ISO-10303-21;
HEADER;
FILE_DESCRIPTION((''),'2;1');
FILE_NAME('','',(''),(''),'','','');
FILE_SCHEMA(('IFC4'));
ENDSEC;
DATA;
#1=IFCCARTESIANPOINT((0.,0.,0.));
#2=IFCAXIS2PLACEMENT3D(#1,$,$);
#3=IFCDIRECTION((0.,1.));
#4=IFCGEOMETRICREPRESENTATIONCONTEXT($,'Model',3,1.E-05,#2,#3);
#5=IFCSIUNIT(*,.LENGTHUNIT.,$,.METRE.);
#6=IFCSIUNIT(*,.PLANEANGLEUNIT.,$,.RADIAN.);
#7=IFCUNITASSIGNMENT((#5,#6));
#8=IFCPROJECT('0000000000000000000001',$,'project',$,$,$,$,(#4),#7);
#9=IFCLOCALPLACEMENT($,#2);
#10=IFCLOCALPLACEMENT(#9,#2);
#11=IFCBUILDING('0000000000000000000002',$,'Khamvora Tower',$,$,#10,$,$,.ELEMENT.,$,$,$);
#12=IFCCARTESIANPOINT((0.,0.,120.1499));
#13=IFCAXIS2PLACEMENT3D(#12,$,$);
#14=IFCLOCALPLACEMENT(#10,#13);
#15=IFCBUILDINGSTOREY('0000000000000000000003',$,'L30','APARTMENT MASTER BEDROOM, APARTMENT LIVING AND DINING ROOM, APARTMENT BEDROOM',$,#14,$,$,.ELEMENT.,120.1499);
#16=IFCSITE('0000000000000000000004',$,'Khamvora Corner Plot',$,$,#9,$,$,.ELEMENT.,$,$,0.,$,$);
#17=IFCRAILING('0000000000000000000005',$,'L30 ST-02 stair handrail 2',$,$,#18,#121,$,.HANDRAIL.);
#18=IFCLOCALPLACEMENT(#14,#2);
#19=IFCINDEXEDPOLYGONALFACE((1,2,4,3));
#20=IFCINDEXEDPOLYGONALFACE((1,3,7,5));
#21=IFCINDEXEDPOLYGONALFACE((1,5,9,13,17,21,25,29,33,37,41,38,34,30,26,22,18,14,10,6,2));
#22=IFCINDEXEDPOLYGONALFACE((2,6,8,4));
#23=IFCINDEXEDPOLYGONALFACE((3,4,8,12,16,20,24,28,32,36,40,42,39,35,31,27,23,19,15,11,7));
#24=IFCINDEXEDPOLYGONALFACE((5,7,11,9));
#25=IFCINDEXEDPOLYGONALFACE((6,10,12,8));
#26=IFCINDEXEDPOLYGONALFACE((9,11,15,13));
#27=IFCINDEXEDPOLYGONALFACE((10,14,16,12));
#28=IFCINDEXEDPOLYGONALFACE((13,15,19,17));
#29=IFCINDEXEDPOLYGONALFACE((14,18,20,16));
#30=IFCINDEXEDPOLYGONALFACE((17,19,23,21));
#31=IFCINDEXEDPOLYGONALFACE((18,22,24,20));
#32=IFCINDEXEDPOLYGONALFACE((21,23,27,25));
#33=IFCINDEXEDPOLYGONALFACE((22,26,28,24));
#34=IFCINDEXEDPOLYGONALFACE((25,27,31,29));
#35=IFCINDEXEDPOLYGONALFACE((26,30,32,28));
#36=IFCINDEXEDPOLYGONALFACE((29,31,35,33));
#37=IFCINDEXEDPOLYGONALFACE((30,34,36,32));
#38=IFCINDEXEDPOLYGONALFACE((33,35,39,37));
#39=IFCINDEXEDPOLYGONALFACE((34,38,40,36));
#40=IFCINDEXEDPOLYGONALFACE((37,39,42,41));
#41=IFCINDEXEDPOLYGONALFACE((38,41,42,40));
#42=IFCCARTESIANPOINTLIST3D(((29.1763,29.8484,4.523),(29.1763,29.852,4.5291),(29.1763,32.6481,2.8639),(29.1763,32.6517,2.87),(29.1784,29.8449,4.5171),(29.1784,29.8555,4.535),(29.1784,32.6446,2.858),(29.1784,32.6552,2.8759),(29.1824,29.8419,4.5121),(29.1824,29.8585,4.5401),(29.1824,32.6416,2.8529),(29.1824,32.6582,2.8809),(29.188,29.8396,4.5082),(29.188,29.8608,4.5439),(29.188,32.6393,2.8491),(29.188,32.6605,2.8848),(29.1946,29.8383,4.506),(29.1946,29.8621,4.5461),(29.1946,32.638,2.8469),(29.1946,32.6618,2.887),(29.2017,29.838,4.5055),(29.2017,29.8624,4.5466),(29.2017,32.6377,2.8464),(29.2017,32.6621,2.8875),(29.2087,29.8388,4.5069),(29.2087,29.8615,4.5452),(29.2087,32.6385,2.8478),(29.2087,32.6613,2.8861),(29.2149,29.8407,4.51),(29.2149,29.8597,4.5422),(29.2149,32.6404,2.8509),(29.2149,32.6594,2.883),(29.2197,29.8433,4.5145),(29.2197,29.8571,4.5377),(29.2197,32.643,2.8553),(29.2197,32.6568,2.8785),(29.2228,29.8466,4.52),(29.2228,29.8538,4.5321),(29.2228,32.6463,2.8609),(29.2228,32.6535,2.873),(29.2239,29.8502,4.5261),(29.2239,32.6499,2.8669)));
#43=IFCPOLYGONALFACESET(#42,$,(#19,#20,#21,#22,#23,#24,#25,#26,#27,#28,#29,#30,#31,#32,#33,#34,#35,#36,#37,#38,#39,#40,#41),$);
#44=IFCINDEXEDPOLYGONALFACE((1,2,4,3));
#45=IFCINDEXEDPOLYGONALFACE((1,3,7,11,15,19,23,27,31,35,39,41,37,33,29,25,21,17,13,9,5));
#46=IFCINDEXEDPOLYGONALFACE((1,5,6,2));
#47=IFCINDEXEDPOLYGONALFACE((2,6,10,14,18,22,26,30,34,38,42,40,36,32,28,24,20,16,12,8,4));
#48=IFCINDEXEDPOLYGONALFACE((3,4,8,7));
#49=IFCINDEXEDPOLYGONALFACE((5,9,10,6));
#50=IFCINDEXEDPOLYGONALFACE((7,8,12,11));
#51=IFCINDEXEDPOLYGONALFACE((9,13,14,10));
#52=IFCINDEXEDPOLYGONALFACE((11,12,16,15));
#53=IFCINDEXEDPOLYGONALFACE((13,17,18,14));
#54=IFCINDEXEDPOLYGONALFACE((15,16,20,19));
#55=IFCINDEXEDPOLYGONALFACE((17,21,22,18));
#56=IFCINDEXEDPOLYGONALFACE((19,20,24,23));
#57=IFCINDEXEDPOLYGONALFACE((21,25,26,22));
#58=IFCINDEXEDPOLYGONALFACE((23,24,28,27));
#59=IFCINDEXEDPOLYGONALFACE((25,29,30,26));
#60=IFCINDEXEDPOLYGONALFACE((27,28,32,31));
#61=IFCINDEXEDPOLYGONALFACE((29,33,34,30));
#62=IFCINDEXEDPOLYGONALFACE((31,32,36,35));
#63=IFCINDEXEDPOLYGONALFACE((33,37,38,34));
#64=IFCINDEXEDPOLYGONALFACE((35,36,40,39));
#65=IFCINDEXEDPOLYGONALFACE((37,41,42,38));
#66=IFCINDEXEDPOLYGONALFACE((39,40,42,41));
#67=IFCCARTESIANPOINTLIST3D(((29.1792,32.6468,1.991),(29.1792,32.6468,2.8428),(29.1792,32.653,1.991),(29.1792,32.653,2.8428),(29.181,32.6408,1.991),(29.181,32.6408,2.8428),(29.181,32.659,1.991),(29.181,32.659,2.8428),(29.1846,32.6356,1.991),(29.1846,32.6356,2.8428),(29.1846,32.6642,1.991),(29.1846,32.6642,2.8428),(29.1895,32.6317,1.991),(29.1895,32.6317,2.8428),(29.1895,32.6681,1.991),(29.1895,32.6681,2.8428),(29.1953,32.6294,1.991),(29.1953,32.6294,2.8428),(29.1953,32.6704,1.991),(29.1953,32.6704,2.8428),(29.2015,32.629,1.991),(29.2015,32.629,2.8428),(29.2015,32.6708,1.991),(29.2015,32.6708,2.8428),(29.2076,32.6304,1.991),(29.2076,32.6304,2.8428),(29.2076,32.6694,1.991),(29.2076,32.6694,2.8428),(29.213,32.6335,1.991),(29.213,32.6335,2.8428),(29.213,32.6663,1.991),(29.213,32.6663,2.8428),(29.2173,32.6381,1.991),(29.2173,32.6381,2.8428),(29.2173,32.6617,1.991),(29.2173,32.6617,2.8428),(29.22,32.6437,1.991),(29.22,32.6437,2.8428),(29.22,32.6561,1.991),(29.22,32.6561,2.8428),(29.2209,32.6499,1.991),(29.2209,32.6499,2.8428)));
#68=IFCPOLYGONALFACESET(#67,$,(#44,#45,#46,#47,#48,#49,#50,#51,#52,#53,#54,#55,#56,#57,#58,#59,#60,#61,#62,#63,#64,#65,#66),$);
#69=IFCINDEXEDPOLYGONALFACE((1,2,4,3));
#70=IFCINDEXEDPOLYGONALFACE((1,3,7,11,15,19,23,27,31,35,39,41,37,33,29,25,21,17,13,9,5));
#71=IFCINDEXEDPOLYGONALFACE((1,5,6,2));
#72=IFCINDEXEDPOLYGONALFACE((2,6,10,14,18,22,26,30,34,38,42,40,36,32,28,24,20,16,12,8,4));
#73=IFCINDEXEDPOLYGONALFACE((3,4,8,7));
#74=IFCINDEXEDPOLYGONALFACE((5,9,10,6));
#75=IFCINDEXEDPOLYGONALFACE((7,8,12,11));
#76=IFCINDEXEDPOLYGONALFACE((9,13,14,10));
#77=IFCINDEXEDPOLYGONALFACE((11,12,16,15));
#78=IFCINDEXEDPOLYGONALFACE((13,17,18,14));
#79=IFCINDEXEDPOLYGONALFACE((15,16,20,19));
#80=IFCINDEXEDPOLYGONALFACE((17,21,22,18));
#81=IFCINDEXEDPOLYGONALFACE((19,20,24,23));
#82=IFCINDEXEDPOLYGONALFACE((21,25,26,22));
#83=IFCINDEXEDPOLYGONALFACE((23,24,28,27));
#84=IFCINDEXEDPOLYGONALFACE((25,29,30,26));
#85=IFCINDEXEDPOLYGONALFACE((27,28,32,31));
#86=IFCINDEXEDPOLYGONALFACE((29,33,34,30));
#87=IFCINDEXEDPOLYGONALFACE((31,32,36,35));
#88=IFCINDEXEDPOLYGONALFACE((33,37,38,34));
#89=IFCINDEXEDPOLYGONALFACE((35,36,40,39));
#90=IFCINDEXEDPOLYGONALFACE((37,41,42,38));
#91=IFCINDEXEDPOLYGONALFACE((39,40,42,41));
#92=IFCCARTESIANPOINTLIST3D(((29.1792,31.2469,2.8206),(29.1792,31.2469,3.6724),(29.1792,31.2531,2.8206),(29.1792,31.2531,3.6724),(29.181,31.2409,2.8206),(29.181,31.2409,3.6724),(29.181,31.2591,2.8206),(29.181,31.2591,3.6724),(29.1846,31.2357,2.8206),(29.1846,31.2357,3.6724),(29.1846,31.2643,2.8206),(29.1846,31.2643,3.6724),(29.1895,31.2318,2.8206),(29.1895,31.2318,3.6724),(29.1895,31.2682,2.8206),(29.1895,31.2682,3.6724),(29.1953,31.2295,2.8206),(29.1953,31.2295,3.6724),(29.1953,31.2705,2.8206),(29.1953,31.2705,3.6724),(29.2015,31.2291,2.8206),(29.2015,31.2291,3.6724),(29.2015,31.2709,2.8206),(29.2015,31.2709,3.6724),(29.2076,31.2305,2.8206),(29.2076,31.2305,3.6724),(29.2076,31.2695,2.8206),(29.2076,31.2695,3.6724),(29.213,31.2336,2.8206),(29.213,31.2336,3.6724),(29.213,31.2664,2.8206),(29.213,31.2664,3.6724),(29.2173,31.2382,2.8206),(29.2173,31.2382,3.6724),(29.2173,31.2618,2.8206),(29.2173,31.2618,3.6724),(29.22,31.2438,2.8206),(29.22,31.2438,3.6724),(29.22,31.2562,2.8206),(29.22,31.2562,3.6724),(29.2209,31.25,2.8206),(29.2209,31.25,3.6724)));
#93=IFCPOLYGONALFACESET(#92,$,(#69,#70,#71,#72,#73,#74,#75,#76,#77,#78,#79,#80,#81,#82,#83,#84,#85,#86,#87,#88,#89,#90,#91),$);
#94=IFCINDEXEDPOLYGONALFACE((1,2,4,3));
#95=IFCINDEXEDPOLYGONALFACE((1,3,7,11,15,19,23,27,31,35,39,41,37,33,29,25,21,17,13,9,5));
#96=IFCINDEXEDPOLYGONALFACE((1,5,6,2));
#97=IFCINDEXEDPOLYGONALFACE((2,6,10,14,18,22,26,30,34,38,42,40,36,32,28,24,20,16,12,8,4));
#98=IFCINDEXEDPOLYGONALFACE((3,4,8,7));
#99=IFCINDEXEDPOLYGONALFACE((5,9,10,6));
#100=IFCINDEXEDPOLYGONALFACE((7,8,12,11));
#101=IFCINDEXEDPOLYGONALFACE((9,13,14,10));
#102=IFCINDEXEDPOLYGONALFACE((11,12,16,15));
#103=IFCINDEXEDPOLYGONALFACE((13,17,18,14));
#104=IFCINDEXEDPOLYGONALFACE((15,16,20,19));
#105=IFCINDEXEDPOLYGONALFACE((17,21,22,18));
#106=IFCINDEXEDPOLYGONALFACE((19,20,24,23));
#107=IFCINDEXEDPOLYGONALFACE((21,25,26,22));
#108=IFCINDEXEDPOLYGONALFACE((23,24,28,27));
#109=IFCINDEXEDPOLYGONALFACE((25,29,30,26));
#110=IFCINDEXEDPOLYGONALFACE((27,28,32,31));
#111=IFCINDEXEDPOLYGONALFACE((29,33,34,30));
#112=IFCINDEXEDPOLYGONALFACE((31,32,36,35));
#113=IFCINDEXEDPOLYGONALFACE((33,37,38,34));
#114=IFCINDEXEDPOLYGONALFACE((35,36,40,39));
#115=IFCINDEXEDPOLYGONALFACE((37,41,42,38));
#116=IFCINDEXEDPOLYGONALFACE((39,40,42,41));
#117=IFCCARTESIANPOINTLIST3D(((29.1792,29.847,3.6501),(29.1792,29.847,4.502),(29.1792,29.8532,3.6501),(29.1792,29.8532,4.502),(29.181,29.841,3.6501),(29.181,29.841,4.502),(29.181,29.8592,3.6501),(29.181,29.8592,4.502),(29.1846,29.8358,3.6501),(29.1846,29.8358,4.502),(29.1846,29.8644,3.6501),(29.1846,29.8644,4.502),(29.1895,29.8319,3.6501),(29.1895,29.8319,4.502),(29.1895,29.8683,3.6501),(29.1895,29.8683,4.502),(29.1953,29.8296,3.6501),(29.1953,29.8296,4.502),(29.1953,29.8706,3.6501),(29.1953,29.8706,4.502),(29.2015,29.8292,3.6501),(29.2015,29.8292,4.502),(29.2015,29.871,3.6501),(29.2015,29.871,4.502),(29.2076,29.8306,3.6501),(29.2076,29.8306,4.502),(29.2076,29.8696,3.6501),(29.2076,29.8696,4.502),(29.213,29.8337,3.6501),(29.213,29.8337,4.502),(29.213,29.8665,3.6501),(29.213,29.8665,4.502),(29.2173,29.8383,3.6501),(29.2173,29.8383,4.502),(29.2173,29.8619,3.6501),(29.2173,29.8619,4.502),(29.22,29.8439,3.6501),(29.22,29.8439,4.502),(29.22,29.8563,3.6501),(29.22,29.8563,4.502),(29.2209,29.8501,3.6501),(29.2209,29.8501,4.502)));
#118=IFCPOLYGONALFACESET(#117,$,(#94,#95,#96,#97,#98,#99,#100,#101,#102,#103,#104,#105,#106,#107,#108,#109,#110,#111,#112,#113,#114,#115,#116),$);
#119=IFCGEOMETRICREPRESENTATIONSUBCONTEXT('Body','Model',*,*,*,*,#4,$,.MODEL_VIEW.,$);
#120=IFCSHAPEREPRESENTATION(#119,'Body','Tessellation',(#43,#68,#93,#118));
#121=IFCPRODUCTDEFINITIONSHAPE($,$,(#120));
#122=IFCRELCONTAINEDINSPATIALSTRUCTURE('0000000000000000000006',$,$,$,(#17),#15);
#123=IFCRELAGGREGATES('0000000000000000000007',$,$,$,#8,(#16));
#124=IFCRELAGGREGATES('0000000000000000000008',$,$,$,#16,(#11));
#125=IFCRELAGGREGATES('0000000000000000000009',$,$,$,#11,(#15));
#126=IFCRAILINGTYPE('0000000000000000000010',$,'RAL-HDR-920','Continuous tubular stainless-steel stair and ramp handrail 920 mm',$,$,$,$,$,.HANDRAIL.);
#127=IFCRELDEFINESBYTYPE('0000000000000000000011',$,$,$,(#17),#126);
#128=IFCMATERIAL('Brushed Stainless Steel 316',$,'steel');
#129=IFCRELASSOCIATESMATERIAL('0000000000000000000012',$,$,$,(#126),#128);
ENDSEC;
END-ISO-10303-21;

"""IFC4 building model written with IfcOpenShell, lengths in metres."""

from ifc_helpers import new_model, si_unit, direction, frame, origin, origin_2d, place, context, subcontext, project, spatial, circle, extrude, material, type_object, element, save


model = new_model("IFC4")

# Units and contexts
model_context = context("Model", 3, precision=1e-05, world=origin(), true_north=direction((0.0, 1.0)))
body_context = subcontext(model_context, "Body", "Model", "MODEL_VIEW")
ifc_project = project(units=[si_unit("LENGTHUNIT", "METRE"), si_unit("PLANEANGLEUNIT", "RADIAN")], contexts=[model_context])

# Site, building, storey
site_placement = place(None, origin())
site = spatial("IfcSite", under=ifc_project, at=site_placement, Name="Khamvora Corner Plot", CompositionType="ELEMENT", RefElevation=0.0)
building_placement = place(site_placement, origin())
building = spatial("IfcBuilding", under=site, at=building_placement, Name="Khamvora Tower", CompositionType="ELEMENT")
storey_placement = place(building_placement, frame((0.0, 0.0, 120.1499)))
storey = spatial("IfcBuildingStorey", under=building, at=storey_placement, Name="L30", Description="APARTMENT MASTER BEDROOM, APARTMENT LIVING AND DINING ROOM, APARTMENT BEDROOM", CompositionType="ELEMENT", Elevation=120.1499)

# Railing
ifc_material_1 = material(Name="Brushed Stainless Steel 316", Category="steel")
railing_type = type_object("IfcRailingType", Name="RAL-HDR-920", Description="Continuous tubular stainless-steel stair and ramp handrail 920 mm", PredefinedType="HANDRAIL", material=ifc_material_1)
railing_placement = place(storey_placement, frame((29.2, 32.6499, 1.991)))
element("IfcRailing", 1, at=railing_placement, inside=storey, type_object=railing_type, Name="L30 ST-02 stair handrail 2", PredefinedType="HANDRAIL", context=body_context, shape_type="SweptSolid", body=[
    extrude(circle(Radius=0.0239, at=origin_2d()), frame((0.0, 0.0, 0.876), z_axis=(0.0, -0.860287, 0.509811), x_axis=(1.0, 0.0, 0.0)), (0.0, 0.0, 1.0), 3.2544),
    extrude(circle(Radius=0.021, at=origin_2d()), origin(), (0.0, 0.0, 1.0), 0.8518),
    extrude(circle(Radius=0.021, at=origin_2d()), frame((0.0, -1.3999, 0.8296)), (0.0, 0.0, 1.0), 0.8518),
    extrude(circle(Radius=0.021, at=origin_2d()), frame((0.0, -2.7998, 1.6592)), (0.0, 0.0, 1.0), 0.8518),
])

save(model, "model.ifc")
